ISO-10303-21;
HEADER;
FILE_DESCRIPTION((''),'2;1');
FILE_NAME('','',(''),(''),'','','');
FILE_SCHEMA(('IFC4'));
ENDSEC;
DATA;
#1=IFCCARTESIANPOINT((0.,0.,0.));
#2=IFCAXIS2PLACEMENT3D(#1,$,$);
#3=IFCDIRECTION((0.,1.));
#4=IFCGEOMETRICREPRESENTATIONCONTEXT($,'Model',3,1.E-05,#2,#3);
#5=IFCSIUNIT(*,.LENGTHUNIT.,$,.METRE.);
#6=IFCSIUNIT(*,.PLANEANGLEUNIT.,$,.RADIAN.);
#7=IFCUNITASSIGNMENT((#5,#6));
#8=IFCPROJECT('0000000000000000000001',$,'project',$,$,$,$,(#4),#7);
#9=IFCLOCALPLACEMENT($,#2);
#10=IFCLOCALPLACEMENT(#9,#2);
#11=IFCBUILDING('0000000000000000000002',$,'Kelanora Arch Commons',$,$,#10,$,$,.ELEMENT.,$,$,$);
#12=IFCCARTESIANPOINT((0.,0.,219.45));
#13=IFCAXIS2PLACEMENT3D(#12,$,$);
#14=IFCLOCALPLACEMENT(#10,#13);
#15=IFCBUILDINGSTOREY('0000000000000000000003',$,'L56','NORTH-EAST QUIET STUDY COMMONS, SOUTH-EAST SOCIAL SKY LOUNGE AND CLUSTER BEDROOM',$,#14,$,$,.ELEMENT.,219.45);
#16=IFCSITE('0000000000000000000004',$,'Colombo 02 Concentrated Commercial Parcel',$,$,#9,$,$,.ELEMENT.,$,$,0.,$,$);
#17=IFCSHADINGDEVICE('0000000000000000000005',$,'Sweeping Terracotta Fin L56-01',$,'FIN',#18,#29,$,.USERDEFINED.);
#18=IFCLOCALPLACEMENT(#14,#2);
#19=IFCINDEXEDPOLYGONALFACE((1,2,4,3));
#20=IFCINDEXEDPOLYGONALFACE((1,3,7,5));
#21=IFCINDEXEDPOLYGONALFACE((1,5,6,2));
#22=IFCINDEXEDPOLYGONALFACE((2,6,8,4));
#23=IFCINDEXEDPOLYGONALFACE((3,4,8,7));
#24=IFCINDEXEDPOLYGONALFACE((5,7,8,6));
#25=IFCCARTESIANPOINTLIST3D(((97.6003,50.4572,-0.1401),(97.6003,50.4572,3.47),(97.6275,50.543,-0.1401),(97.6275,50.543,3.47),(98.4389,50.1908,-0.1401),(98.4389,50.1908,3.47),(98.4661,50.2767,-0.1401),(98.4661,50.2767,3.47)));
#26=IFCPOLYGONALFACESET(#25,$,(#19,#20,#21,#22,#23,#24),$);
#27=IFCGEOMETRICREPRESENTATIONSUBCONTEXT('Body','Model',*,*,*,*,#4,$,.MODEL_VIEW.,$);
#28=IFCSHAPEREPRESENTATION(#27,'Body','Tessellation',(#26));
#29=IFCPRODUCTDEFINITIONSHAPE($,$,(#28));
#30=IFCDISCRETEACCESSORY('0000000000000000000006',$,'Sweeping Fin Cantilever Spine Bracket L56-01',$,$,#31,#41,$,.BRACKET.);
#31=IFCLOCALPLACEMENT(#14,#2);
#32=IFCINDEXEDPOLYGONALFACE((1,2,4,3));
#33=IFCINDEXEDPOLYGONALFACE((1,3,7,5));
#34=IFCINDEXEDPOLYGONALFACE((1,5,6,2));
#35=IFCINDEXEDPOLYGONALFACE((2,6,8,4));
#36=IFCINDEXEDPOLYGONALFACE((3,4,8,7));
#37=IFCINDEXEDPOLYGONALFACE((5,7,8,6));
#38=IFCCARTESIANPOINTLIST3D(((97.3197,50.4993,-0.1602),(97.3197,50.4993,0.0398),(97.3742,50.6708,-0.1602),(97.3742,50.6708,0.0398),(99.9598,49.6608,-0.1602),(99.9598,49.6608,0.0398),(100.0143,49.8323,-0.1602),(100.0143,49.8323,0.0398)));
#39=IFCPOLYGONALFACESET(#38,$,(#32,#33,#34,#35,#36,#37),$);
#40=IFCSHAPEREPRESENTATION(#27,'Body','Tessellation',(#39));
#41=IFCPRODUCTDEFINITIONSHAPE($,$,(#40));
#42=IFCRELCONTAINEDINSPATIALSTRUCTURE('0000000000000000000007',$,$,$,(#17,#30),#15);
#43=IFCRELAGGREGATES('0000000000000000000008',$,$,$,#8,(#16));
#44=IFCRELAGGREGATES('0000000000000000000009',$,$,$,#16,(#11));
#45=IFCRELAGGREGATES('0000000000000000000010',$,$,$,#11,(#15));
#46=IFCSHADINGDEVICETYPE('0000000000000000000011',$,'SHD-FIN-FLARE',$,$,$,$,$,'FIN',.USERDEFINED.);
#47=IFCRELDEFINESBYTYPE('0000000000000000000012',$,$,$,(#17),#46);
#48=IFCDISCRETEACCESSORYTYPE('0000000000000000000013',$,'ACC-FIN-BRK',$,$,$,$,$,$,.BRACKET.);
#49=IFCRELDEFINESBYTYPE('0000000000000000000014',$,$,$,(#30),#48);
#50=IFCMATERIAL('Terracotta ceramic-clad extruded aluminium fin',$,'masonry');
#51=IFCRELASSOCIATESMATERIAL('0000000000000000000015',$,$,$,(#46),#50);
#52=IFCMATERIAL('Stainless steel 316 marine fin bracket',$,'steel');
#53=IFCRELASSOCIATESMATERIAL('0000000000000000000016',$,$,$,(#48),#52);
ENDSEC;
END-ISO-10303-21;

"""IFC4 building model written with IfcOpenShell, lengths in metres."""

from ifc_helpers import new_model, si_unit, direction, frame, origin, origin_2d, place, context, subcontext, project, spatial, rectangle, extrude, source, transform, mapped, material, type_object, element, save


model = new_model("IFC4")

# Units and contexts
model_context = context("Model", 3, precision=1e-05, world=origin(), true_north=direction((0.0, 1.0)))
body_context = subcontext(model_context, "Body", "Model", "MODEL_VIEW")
ifc_project = project(units=[si_unit("LENGTHUNIT", "METRE"), si_unit("PLANEANGLEUNIT", "RADIAN")], contexts=[model_context])

# Site, building, storey
site_placement = place(None, origin())
site = spatial("IfcSite", under=ifc_project, at=site_placement, Name="Colombo 02 Concentrated Commercial Parcel", CompositionType="ELEMENT", RefElevation=0.0)
building_placement = place(site_placement, origin())
building = spatial("IfcBuilding", under=site, at=building_placement, Name="Kelanora Arch Commons", CompositionType="ELEMENT")
storey_placement = place(building_placement, frame((0.0, 0.0, 219.45)))
storey = spatial("IfcBuildingStorey", under=building, at=storey_placement, Name="L56", Description="NORTH-EAST QUIET STUDY COMMONS, SOUTH-EAST SOCIAL SKY LOUNGE AND CLUSTER BEDROOM", CompositionType="ELEMENT", Elevation=219.45)

# Shading device
ifc_material_1 = material(Name="Terracotta ceramic-clad extruded aluminium fin", Category="masonry")
shading_device_type = type_object("IfcShadingDeviceType", Name="SHD-FIN-FLARE", ElementType="FIN", PredefinedType="USERDEFINED", material=ifc_material_1)
shared_shape_1 = source(origin(), body_context, "Body", "SweptSolid", [
    extrude(rectangle(XDim=0.8799, YDim=0.0901, at=origin_2d()), origin(), (0.0, 0.0, 1.0), 3.6101),
])
shading_device_placement = place(storey_placement, frame((98.0332, 50.3669, -0.1401), z_axis=(0.0, 0.0, 1.0), x_axis=(0.953085, -0.302703, 0.0)))
element("IfcShadingDevice", 1, at=shading_device_placement, inside=storey, type_object=shading_device_type, Name="Sweeping Terracotta Fin L56-01", ObjectType="FIN", PredefinedType="USERDEFINED", context=body_context, shape_type="MappedRepresentation", body=[
    mapped(shared_shape_1, transform((0.0, 0.0, 0.0), scale=1.0)),
])

# Discrete accessory
ifc_material_2 = material(Name="Stainless steel 316 marine fin bracket", Category="steel")
discrete_accessory_type = type_object("IfcDiscreteAccessoryType", Name="ACC-FIN-BRK", PredefinedType="BRACKET", material=ifc_material_2)
shared_shape_2 = source(origin(), body_context, "Body", "SweptSolid", [
    extrude(rectangle(XDim=2.77, YDim=0.1799, at=origin_2d()), origin(), (0.0, 0.0, 1.0), 0.2),
])
discrete_accessory_placement = place(storey_placement, frame((98.667, 50.1658, -0.1602), z_axis=(0.0, 0.0, 1.0), x_axis=(0.953085, -0.302703, 0.0)))
element("IfcDiscreteAccessory", 2, at=discrete_accessory_placement, inside=storey, type_object=discrete_accessory_type, Name="Sweeping Fin Cantilever Spine Bracket L56-01", PredefinedType="BRACKET", context=body_context, shape_type="MappedRepresentation", body=[
    mapped(shared_shape_2, transform((0.0, 0.0, 0.0), scale=1.0)),
])

save(model, "model.ifc")
